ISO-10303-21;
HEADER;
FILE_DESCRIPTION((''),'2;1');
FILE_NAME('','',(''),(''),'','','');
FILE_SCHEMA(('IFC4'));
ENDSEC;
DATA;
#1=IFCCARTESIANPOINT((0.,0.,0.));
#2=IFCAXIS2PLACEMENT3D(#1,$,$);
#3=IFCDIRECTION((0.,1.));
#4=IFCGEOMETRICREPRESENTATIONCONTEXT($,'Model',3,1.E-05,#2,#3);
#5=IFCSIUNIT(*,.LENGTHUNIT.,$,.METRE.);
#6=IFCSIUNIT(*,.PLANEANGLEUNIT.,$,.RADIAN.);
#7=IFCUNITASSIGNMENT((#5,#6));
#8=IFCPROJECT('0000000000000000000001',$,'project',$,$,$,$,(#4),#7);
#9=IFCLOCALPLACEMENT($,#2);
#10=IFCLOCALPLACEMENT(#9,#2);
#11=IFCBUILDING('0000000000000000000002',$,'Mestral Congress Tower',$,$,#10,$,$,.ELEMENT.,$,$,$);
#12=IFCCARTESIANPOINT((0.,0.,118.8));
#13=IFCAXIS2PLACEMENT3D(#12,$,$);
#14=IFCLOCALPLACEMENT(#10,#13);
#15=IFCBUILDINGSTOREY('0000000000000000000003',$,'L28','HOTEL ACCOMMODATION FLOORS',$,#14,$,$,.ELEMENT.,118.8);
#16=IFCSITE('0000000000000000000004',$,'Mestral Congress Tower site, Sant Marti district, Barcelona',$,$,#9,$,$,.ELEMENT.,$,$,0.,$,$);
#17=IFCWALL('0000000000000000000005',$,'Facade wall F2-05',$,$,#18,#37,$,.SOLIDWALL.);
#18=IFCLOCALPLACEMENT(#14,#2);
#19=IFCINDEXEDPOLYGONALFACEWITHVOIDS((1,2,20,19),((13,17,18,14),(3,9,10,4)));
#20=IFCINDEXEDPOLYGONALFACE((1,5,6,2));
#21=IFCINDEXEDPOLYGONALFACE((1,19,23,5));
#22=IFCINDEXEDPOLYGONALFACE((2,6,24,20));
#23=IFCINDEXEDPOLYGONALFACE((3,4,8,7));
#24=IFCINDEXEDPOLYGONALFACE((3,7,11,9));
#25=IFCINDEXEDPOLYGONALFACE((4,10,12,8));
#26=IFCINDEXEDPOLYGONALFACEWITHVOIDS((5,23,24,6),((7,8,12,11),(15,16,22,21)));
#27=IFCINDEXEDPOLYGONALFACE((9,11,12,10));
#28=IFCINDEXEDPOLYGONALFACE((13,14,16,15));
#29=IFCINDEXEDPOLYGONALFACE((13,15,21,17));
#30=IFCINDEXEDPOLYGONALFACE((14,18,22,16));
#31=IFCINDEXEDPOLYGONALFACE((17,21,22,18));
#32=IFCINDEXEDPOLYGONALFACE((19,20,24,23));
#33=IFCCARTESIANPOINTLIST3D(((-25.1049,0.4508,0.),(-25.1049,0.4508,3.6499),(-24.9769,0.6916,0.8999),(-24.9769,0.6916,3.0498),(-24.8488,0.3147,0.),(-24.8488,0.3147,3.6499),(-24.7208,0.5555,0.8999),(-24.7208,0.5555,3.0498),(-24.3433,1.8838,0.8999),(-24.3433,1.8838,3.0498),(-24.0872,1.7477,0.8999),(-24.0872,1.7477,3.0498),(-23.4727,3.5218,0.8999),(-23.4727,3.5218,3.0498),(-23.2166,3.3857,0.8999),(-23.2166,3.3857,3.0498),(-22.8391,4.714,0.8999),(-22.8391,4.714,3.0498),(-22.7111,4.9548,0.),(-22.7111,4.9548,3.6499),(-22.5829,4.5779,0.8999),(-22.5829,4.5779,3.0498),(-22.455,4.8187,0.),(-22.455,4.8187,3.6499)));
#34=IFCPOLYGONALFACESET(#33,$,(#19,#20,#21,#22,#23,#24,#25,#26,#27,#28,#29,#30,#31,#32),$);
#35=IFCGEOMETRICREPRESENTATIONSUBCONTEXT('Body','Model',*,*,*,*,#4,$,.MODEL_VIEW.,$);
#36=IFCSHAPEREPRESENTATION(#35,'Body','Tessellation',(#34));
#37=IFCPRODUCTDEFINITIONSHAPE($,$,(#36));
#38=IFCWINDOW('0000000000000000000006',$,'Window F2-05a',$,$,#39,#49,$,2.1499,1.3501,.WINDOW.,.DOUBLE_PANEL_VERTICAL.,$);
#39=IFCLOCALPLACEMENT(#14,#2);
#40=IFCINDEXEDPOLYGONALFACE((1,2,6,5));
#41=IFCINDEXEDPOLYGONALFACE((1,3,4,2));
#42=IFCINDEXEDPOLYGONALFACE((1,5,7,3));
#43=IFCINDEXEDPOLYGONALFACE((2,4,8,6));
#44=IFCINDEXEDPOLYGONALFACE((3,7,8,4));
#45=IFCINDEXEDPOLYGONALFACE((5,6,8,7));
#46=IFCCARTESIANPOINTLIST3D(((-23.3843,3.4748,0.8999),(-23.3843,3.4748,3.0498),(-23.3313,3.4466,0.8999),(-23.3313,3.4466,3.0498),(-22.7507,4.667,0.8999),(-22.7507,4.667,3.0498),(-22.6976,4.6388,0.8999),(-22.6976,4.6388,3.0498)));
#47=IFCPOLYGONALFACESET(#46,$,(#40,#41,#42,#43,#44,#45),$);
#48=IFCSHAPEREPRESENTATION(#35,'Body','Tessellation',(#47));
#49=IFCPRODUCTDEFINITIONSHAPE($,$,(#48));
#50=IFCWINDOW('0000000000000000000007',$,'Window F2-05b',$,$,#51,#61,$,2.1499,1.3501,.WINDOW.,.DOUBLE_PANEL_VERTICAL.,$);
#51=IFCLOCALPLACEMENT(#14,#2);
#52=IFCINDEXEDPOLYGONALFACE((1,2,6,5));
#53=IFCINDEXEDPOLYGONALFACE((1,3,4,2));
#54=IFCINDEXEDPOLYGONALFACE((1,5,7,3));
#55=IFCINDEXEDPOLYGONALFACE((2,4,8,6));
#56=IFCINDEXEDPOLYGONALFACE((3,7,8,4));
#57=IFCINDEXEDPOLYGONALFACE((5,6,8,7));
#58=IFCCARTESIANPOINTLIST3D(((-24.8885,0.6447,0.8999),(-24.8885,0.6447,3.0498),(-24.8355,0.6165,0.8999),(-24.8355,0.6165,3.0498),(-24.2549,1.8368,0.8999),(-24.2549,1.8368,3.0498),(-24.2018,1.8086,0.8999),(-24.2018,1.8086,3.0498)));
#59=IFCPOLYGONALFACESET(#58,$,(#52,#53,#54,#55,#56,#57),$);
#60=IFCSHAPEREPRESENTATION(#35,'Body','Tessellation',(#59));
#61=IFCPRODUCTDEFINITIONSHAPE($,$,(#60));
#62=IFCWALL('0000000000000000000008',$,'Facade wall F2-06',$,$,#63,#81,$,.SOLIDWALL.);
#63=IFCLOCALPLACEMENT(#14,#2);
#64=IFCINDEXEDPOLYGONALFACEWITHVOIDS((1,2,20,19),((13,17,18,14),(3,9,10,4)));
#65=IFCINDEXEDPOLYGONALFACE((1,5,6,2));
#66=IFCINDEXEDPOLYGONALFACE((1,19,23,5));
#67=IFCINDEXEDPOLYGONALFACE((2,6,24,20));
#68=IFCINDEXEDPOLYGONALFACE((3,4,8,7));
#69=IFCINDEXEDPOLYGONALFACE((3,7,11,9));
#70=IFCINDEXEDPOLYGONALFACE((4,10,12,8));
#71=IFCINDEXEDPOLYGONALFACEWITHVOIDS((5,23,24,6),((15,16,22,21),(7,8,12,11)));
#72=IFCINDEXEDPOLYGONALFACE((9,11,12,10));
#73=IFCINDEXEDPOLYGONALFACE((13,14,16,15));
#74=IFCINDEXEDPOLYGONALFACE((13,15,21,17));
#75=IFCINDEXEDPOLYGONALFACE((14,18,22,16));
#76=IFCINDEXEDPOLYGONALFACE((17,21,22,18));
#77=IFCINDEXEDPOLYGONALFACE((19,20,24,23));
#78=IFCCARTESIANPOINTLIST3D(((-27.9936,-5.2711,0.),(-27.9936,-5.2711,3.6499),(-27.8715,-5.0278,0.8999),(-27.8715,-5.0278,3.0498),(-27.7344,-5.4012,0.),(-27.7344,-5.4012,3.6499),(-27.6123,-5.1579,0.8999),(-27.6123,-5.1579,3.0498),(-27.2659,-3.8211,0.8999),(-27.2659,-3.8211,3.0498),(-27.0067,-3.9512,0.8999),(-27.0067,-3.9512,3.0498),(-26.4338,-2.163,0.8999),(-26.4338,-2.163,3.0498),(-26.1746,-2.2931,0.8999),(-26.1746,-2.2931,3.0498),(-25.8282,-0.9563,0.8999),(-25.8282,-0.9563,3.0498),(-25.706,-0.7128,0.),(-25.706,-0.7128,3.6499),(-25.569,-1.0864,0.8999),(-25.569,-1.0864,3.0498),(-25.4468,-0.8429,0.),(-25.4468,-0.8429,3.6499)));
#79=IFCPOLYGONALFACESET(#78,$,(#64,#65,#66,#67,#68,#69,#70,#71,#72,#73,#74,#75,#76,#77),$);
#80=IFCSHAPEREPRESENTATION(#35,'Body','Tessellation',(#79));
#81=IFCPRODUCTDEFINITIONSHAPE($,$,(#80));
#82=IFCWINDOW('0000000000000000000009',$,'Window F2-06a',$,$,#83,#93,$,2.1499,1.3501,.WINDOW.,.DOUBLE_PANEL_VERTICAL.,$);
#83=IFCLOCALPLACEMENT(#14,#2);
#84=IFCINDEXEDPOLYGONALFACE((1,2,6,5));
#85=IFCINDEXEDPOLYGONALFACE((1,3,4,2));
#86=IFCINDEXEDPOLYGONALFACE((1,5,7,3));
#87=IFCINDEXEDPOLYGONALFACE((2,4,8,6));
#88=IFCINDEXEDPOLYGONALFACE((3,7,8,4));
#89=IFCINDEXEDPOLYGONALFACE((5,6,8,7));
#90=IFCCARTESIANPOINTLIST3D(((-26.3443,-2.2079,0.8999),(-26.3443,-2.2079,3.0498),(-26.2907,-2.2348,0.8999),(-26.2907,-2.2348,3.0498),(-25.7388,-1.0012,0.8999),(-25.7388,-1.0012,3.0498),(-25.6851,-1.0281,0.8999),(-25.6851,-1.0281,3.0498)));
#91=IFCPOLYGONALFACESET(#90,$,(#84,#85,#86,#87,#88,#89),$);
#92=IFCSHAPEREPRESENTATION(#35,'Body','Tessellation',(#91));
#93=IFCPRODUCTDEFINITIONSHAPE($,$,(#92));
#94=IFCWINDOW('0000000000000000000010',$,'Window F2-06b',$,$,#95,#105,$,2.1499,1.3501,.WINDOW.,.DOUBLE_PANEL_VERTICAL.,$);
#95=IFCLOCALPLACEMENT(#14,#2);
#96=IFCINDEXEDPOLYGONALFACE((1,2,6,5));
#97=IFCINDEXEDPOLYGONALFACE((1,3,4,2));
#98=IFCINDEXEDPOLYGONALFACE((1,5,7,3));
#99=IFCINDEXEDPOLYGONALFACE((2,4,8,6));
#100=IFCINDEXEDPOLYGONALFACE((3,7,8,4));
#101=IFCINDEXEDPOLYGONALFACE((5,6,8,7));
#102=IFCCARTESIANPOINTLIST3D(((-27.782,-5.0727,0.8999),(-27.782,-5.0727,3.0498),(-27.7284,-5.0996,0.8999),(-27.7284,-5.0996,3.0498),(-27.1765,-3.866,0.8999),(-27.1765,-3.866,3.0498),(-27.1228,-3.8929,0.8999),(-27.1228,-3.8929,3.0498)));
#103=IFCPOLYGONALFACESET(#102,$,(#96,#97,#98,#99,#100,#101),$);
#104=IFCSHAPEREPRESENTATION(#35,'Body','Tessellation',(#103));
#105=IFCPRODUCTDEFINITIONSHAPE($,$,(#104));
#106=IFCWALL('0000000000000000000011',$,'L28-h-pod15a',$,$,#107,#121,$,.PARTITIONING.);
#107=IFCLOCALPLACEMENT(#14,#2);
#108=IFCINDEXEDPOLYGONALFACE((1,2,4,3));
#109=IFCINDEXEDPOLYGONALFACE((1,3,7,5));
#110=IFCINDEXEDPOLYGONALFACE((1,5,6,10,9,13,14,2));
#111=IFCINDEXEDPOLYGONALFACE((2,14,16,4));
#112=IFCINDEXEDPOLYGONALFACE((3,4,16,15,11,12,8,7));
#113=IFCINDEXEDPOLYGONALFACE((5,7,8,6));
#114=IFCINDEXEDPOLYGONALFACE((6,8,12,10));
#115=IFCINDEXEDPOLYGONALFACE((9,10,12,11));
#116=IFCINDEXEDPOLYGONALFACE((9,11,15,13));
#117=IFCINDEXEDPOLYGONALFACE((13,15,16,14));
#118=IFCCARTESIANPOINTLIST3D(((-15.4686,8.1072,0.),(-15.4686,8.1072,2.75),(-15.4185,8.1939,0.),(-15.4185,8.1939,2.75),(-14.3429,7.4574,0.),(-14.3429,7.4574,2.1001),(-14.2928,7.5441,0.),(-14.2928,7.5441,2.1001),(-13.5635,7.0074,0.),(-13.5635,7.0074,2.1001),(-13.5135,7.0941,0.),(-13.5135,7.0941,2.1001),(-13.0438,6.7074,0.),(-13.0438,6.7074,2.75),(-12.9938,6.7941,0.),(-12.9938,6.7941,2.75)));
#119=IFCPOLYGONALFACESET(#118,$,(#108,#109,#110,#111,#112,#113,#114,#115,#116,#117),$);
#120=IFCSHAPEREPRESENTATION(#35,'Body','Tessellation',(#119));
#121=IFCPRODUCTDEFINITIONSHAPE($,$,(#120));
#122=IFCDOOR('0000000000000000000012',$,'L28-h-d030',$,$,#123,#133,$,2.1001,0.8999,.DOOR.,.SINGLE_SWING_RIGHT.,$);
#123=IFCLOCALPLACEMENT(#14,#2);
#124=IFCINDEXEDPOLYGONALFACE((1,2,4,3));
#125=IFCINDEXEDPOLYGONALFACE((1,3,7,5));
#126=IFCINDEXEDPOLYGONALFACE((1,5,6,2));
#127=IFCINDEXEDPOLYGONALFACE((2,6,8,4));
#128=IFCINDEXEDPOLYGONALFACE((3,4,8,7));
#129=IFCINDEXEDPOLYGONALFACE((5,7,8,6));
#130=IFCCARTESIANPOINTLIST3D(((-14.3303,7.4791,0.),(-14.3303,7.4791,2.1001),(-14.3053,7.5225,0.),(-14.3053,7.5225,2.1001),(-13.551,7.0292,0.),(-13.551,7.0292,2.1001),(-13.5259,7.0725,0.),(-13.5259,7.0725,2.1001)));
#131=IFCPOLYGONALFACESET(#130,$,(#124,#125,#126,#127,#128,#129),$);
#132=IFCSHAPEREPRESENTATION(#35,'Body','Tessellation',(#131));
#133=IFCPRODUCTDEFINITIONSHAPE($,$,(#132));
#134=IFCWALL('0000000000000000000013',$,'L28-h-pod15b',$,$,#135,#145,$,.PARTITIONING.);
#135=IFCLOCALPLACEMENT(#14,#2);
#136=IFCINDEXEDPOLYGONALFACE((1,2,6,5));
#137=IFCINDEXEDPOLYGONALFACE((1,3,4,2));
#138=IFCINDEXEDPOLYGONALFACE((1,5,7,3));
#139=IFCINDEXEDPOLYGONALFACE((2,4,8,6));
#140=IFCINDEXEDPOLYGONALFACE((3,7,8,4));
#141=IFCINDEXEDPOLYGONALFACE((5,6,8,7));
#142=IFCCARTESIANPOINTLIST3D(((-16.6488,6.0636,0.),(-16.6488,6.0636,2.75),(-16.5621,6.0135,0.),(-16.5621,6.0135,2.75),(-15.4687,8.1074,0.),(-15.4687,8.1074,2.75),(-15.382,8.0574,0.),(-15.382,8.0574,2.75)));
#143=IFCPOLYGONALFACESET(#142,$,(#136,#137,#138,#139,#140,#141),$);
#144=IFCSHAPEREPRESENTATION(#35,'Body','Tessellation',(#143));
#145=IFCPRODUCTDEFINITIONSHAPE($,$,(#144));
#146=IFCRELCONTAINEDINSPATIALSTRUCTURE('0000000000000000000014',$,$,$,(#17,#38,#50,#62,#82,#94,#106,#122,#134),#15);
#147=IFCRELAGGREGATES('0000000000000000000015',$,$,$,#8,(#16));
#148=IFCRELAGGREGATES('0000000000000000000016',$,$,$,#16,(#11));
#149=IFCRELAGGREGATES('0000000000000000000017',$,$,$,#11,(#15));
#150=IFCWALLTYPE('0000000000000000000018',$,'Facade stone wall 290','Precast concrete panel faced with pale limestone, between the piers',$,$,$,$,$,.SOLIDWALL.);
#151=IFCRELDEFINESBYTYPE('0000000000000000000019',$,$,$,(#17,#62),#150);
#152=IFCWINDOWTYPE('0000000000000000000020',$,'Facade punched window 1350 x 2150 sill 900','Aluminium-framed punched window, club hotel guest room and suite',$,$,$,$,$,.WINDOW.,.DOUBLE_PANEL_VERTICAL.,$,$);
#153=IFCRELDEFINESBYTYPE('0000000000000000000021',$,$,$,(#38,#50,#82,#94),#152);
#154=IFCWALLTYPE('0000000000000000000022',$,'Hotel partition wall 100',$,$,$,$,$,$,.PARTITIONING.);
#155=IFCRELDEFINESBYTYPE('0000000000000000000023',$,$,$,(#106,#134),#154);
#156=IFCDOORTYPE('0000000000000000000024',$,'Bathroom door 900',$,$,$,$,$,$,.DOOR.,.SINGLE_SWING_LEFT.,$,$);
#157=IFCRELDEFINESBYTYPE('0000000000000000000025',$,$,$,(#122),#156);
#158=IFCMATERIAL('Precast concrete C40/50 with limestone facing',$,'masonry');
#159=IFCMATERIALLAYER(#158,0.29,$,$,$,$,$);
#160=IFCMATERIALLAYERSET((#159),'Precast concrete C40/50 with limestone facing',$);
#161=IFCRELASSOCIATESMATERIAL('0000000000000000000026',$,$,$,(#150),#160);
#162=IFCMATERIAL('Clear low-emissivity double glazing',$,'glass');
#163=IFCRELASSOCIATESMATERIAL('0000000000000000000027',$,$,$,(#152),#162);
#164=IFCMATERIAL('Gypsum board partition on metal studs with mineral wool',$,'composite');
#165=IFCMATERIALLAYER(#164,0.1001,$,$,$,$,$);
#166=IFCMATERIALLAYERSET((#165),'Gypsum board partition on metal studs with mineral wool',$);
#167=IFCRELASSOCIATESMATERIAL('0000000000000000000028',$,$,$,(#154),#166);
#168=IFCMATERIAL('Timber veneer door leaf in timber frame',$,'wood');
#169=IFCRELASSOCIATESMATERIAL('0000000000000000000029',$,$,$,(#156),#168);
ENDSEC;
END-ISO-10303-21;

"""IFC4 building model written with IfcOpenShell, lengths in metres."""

from ifc_helpers import new_model, si_unit, direction, frame, frame_2d, origin, place, context, subcontext, project, spatial, rectangle, extrude, material, layer, layer_set, type_object, element, fill, save


model = new_model("IFC4")

# Units and contexts
model_context = context("Model", 3, precision=1e-05, world=origin(), true_north=direction((0.0, 1.0)))
body_context = subcontext(model_context, "Body", "Model", "MODEL_VIEW")
ifc_project = project(units=[si_unit("LENGTHUNIT", "METRE"), si_unit("PLANEANGLEUNIT", "RADIAN")], contexts=[model_context])

# Site, building, storey
site_placement = place(None, origin())
site = spatial("IfcSite", under=ifc_project, at=site_placement, Name="Mestral Congress Tower site, Sant Marti district, Barcelona", CompositionType="ELEMENT", RefElevation=0.0)
building_placement = place(site_placement, origin())
building = spatial("IfcBuilding", under=site, at=building_placement, Name="Mestral Congress Tower", CompositionType="ELEMENT")
storey_placement = place(building_placement, frame((0.0, 0.0, 118.8)))
storey = spatial("IfcBuildingStorey", under=building, at=storey_placement, Name="L28", Description="HOTEL ACCOMMODATION FLOORS", CompositionType="ELEMENT", Elevation=118.8)

# Walls, openings, windows
ifc_material_1 = material(Name="Precast concrete C40/50 with limestone facing", Category="masonry")
ifc_layer_1 = layer(ifc_material_1, 0.29)
ifc_layer_set_1 = layer_set([ifc_layer_1], Name="Precast concrete C40/50 with limestone facing")
wall_type_1 = type_object("IfcWallType", Name="Facade stone wall 290", Description="Precast concrete panel faced with pale limestone, between the piers", PredefinedType="SOLIDWALL", material=ifc_layer_set_1)
wall_1_placement = place(storey_placement, frame((-22.583, 4.8867, 0.0), z_axis=(0.0, 0.0, 1.0), x_axis=(-0.469323, -0.883026, 0.0)))
wall_1 = element("IfcWall", 1, at=wall_1_placement, inside=storey, type_object=wall_type_1, Name="Facade wall F2-05", PredefinedType="SOLIDWALL", context=body_context, shape_type="SweptSolid", body=[
    extrude(rectangle(XDim=5.1006, YDim=0.29, at=frame_2d((2.5503, 0.0))), origin(), (0.0, 0.0, 1.0), 3.6499),
])
opening_1_placement = place(wall_1_placement, frame((0.2727, 0.0, 0.8999)))
opening_1 = element("IfcOpeningElement", 2, at=opening_1_placement, cuts=wall_1, PredefinedType="OPENING", context=body_context, shape_type="SweptSolid", body=[
    extrude(rectangle(XDim=1.3501, YDim=2.1499, at=frame_2d((0.675, 1.075))), frame((0.0, 0.155, 0.0), z_axis=(0.0, -1.0, 0.0), x_axis=(1.0, 0.0, 0.0)), (0.0, 0.0, 1.0), 0.3101),
])
opening_2_placement = place(wall_1_placement, frame((3.4778, 0.0, 0.8999)))
opening_2 = element("IfcOpeningElement", 3, at=opening_2_placement, cuts=wall_1, PredefinedType="OPENING", context=body_context, shape_type="SweptSolid", body=[
    extrude(rectangle(XDim=1.3501, YDim=2.1499, at=frame_2d((0.675, 1.075))), frame((0.0, 0.155, 0.0), z_axis=(0.0, -1.0, 0.0), x_axis=(1.0, 0.0, 0.0)), (0.0, 0.0, 1.0), 0.3101),
])
ifc_material_2 = material(Name="Clear low-emissivity double glazing", Category="glass")
window_type = type_object("IfcWindowType", Name="Facade punched window 1350 x 2150 sill 900", Description="Aluminium-framed punched window, club hotel guest room and suite", PartitioningType="DOUBLE_PANEL_VERTICAL", PredefinedType="WINDOW", material=ifc_material_2)
window_1_placement = place(opening_1_placement, origin())
window_1 = element("IfcWindow", 4, at=window_1_placement, inside=storey, type_object=window_type, Name="Window F2-05a", OverallHeight=2.1499, OverallWidth=1.3501, PartitioningType="DOUBLE_PANEL_VERTICAL", PredefinedType="WINDOW", context=body_context, shape_type="SweptSolid", body=[
    extrude(rectangle(XDim=1.3501, YDim=2.1499, at=frame_2d((0.675, 1.075))), frame((0.0, 0.0151, 0.0), z_axis=(0.0, -1.0, 0.0), x_axis=(1.0, 0.0, 0.0)), (0.0, 0.0, 1.0), 0.0601),
])
fill(opening_1, window_1)
window_2_placement = place(opening_2_placement, origin())
window_2 = element("IfcWindow", 5, at=window_2_placement, inside=storey, type_object=window_type, Name="Window F2-05b", OverallHeight=2.1499, OverallWidth=1.3501, PartitioningType="DOUBLE_PANEL_VERTICAL", PredefinedType="WINDOW", context=body_context, shape_type="SweptSolid", body=[
    extrude(rectangle(XDim=1.3501, YDim=2.1499, at=frame_2d((0.675, 1.075))), frame((0.0, 0.0151, 0.0), z_axis=(0.0, -1.0, 0.0), x_axis=(1.0, 0.0, 0.0)), (0.0, 0.0, 1.0), 0.0601),
])
fill(opening_2, window_2)
wall_2_placement = place(storey_placement, frame((-25.5764, -0.7778, 0.0), z_axis=(0.0, 0.0, 1.0), x_axis=(-0.448534, -0.893766, 0.0)))
wall_2 = element("IfcWall", 6, at=wall_2_placement, inside=storey, type_object=wall_type_1, Name="Facade wall F2-06", PredefinedType="SOLIDWALL", context=body_context, shape_type="SweptSolid", body=[
    extrude(rectangle(XDim=5.1001, YDim=0.29, at=frame_2d((2.55, 0.0))), origin(), (0.0, 0.0, 1.0), 3.6499),
])
opening_3_placement = place(wall_2_placement, frame((0.2725, 0.0, 0.8999)))
opening_3 = element("IfcOpeningElement", 7, at=opening_3_placement, cuts=wall_2, PredefinedType="OPENING", context=body_context, shape_type="SweptSolid", body=[
    extrude(rectangle(XDim=1.3501, YDim=2.1499, at=frame_2d((0.675, 1.075))), frame((0.0, 0.155, 0.0), z_axis=(0.0, -1.0, 0.0), x_axis=(1.0, 0.0, 0.0)), (0.0, 0.0, 1.0), 0.3101),
])
opening_4_placement = place(wall_2_placement, frame((3.4778, 0.0, 0.8999)))
opening_4 = element("IfcOpeningElement", 8, at=opening_4_placement, cuts=wall_2, PredefinedType="OPENING", context=body_context, shape_type="SweptSolid", body=[
    extrude(rectangle(XDim=1.3501, YDim=2.1499, at=frame_2d((0.675, 1.075))), frame((0.0, 0.155, 0.0), z_axis=(0.0, -1.0, 0.0), x_axis=(1.0, 0.0, 0.0)), (0.0, 0.0, 1.0), 0.3101),
])
window_3_placement = place(opening_3_placement, origin())
window_3 = element("IfcWindow", 9, at=window_3_placement, inside=storey, type_object=window_type, Name="Window F2-06a", OverallHeight=2.1499, OverallWidth=1.3501, PartitioningType="DOUBLE_PANEL_VERTICAL", PredefinedType="WINDOW", context=body_context, shape_type="SweptSolid", body=[
    extrude(rectangle(XDim=1.3501, YDim=2.1499, at=frame_2d((0.675, 1.075))), frame((0.0, 0.0151, 0.0), z_axis=(0.0, -1.0, 0.0), x_axis=(1.0, 0.0, 0.0)), (0.0, 0.0, 1.0), 0.0601),
])
fill(opening_3, window_3)
window_4_placement = place(opening_4_placement, origin())
window_4 = element("IfcWindow", 10, at=window_4_placement, inside=storey, type_object=window_type, Name="Window F2-06b", OverallHeight=2.1499, OverallWidth=1.3501, PartitioningType="DOUBLE_PANEL_VERTICAL", PredefinedType="WINDOW", context=body_context, shape_type="SweptSolid", body=[
    extrude(rectangle(XDim=1.3501, YDim=2.1499, at=frame_2d((0.675, 1.075))), frame((0.0, 0.0151, 0.0), z_axis=(0.0, -1.0, 0.0), x_axis=(1.0, 0.0, 0.0)), (0.0, 0.0, 1.0), 0.0601),
])
fill(opening_4, window_4)

# Wall, opening, door
ifc_material_3 = material(Name="Gypsum board partition on metal studs with mineral wool", Category="composite")
ifc_layer_2 = layer(ifc_material_3, 0.1001)
ifc_layer_set_2 = layer_set([ifc_layer_2], Name="Gypsum board partition on metal studs with mineral wool")
wall_type_2 = type_object("IfcWallType", Name="Hotel partition wall 100", PredefinedType="PARTITIONING", material=ifc_layer_set_2)
wall_3_placement = place(storey_placement, frame((-13.0188, 6.7507, 0.0), z_axis=(0.0, 0.0, 1.0), x_axis=(-0.866035, 0.499984, 0.0)))
wall_3 = element("IfcWall", 11, at=wall_3_placement, inside=storey, type_object=wall_type_2, Name="L28-h-pod15a", PredefinedType="PARTITIONING", context=body_context, shape_type="SweptSolid", body=[
    extrude(rectangle(XDim=2.7998, YDim=0.1001, at=frame_2d((1.3999, 0.0))), origin(), (0.0, 0.0, 1.0), 2.75),
])
opening_5_placement = place(wall_3_placement, frame((0.6001, 0.0, 0.0)))
opening_5 = element("IfcOpeningElement", 12, at=opening_5_placement, cuts=wall_3, PredefinedType="OPENING", context=body_context, shape_type="SweptSolid", body=[
    extrude(rectangle(XDim=0.8999, YDim=2.1001, at=frame_2d((0.45, 1.05))), frame((0.0, 0.0601, 0.0), z_axis=(0.0, -1.0, 0.0), x_axis=(1.0, 0.0, 0.0)), (0.0, 0.0, 1.0), 0.1201),
])
ifc_material_4 = material(Name="Timber veneer door leaf in timber frame", Category="wood")
door_type = type_object("IfcDoorType", Name="Bathroom door 900", OperationType="SINGLE_SWING_LEFT", PredefinedType="DOOR", material=ifc_material_4)
door_1_placement = place(opening_5_placement, origin())
door_1 = element("IfcDoor", 13, at=door_1_placement, inside=storey, type_object=door_type, Name="L28-h-d030", OperationType="SINGLE_SWING_RIGHT", OverallHeight=2.1001, OverallWidth=0.8999, PredefinedType="DOOR", context=body_context, shape_type="SweptSolid", body=[
    extrude(rectangle(XDim=0.8999, YDim=2.1001, at=frame_2d((0.45, 1.05))), frame((0.0, 0.0249, 0.0), z_axis=(0.0, -1.0, 0.0), x_axis=(1.0, 0.0, 0.0)), (0.0, 0.0, 1.0), 0.05),
])
fill(opening_5, door_1)

# Wall
wall_4_placement = place(storey_placement, frame((-15.4253, 8.0825, 0.0), z_axis=(0.0, 0.0, 1.0), x_axis=(-0.500033, -0.866006, 0.0)))
element("IfcWall", 14, at=wall_4_placement, inside=storey, type_object=wall_type_2, Name="L28-h-pod15b", PredefinedType="PARTITIONING", context=body_context, shape_type="SweptSolid", body=[
    extrude(rectangle(XDim=2.3601, YDim=0.1001, at=frame_2d((1.1802, 0.0))), origin(), (0.0, 0.0, 1.0), 2.75),
])

save(model, "model.ifc")
